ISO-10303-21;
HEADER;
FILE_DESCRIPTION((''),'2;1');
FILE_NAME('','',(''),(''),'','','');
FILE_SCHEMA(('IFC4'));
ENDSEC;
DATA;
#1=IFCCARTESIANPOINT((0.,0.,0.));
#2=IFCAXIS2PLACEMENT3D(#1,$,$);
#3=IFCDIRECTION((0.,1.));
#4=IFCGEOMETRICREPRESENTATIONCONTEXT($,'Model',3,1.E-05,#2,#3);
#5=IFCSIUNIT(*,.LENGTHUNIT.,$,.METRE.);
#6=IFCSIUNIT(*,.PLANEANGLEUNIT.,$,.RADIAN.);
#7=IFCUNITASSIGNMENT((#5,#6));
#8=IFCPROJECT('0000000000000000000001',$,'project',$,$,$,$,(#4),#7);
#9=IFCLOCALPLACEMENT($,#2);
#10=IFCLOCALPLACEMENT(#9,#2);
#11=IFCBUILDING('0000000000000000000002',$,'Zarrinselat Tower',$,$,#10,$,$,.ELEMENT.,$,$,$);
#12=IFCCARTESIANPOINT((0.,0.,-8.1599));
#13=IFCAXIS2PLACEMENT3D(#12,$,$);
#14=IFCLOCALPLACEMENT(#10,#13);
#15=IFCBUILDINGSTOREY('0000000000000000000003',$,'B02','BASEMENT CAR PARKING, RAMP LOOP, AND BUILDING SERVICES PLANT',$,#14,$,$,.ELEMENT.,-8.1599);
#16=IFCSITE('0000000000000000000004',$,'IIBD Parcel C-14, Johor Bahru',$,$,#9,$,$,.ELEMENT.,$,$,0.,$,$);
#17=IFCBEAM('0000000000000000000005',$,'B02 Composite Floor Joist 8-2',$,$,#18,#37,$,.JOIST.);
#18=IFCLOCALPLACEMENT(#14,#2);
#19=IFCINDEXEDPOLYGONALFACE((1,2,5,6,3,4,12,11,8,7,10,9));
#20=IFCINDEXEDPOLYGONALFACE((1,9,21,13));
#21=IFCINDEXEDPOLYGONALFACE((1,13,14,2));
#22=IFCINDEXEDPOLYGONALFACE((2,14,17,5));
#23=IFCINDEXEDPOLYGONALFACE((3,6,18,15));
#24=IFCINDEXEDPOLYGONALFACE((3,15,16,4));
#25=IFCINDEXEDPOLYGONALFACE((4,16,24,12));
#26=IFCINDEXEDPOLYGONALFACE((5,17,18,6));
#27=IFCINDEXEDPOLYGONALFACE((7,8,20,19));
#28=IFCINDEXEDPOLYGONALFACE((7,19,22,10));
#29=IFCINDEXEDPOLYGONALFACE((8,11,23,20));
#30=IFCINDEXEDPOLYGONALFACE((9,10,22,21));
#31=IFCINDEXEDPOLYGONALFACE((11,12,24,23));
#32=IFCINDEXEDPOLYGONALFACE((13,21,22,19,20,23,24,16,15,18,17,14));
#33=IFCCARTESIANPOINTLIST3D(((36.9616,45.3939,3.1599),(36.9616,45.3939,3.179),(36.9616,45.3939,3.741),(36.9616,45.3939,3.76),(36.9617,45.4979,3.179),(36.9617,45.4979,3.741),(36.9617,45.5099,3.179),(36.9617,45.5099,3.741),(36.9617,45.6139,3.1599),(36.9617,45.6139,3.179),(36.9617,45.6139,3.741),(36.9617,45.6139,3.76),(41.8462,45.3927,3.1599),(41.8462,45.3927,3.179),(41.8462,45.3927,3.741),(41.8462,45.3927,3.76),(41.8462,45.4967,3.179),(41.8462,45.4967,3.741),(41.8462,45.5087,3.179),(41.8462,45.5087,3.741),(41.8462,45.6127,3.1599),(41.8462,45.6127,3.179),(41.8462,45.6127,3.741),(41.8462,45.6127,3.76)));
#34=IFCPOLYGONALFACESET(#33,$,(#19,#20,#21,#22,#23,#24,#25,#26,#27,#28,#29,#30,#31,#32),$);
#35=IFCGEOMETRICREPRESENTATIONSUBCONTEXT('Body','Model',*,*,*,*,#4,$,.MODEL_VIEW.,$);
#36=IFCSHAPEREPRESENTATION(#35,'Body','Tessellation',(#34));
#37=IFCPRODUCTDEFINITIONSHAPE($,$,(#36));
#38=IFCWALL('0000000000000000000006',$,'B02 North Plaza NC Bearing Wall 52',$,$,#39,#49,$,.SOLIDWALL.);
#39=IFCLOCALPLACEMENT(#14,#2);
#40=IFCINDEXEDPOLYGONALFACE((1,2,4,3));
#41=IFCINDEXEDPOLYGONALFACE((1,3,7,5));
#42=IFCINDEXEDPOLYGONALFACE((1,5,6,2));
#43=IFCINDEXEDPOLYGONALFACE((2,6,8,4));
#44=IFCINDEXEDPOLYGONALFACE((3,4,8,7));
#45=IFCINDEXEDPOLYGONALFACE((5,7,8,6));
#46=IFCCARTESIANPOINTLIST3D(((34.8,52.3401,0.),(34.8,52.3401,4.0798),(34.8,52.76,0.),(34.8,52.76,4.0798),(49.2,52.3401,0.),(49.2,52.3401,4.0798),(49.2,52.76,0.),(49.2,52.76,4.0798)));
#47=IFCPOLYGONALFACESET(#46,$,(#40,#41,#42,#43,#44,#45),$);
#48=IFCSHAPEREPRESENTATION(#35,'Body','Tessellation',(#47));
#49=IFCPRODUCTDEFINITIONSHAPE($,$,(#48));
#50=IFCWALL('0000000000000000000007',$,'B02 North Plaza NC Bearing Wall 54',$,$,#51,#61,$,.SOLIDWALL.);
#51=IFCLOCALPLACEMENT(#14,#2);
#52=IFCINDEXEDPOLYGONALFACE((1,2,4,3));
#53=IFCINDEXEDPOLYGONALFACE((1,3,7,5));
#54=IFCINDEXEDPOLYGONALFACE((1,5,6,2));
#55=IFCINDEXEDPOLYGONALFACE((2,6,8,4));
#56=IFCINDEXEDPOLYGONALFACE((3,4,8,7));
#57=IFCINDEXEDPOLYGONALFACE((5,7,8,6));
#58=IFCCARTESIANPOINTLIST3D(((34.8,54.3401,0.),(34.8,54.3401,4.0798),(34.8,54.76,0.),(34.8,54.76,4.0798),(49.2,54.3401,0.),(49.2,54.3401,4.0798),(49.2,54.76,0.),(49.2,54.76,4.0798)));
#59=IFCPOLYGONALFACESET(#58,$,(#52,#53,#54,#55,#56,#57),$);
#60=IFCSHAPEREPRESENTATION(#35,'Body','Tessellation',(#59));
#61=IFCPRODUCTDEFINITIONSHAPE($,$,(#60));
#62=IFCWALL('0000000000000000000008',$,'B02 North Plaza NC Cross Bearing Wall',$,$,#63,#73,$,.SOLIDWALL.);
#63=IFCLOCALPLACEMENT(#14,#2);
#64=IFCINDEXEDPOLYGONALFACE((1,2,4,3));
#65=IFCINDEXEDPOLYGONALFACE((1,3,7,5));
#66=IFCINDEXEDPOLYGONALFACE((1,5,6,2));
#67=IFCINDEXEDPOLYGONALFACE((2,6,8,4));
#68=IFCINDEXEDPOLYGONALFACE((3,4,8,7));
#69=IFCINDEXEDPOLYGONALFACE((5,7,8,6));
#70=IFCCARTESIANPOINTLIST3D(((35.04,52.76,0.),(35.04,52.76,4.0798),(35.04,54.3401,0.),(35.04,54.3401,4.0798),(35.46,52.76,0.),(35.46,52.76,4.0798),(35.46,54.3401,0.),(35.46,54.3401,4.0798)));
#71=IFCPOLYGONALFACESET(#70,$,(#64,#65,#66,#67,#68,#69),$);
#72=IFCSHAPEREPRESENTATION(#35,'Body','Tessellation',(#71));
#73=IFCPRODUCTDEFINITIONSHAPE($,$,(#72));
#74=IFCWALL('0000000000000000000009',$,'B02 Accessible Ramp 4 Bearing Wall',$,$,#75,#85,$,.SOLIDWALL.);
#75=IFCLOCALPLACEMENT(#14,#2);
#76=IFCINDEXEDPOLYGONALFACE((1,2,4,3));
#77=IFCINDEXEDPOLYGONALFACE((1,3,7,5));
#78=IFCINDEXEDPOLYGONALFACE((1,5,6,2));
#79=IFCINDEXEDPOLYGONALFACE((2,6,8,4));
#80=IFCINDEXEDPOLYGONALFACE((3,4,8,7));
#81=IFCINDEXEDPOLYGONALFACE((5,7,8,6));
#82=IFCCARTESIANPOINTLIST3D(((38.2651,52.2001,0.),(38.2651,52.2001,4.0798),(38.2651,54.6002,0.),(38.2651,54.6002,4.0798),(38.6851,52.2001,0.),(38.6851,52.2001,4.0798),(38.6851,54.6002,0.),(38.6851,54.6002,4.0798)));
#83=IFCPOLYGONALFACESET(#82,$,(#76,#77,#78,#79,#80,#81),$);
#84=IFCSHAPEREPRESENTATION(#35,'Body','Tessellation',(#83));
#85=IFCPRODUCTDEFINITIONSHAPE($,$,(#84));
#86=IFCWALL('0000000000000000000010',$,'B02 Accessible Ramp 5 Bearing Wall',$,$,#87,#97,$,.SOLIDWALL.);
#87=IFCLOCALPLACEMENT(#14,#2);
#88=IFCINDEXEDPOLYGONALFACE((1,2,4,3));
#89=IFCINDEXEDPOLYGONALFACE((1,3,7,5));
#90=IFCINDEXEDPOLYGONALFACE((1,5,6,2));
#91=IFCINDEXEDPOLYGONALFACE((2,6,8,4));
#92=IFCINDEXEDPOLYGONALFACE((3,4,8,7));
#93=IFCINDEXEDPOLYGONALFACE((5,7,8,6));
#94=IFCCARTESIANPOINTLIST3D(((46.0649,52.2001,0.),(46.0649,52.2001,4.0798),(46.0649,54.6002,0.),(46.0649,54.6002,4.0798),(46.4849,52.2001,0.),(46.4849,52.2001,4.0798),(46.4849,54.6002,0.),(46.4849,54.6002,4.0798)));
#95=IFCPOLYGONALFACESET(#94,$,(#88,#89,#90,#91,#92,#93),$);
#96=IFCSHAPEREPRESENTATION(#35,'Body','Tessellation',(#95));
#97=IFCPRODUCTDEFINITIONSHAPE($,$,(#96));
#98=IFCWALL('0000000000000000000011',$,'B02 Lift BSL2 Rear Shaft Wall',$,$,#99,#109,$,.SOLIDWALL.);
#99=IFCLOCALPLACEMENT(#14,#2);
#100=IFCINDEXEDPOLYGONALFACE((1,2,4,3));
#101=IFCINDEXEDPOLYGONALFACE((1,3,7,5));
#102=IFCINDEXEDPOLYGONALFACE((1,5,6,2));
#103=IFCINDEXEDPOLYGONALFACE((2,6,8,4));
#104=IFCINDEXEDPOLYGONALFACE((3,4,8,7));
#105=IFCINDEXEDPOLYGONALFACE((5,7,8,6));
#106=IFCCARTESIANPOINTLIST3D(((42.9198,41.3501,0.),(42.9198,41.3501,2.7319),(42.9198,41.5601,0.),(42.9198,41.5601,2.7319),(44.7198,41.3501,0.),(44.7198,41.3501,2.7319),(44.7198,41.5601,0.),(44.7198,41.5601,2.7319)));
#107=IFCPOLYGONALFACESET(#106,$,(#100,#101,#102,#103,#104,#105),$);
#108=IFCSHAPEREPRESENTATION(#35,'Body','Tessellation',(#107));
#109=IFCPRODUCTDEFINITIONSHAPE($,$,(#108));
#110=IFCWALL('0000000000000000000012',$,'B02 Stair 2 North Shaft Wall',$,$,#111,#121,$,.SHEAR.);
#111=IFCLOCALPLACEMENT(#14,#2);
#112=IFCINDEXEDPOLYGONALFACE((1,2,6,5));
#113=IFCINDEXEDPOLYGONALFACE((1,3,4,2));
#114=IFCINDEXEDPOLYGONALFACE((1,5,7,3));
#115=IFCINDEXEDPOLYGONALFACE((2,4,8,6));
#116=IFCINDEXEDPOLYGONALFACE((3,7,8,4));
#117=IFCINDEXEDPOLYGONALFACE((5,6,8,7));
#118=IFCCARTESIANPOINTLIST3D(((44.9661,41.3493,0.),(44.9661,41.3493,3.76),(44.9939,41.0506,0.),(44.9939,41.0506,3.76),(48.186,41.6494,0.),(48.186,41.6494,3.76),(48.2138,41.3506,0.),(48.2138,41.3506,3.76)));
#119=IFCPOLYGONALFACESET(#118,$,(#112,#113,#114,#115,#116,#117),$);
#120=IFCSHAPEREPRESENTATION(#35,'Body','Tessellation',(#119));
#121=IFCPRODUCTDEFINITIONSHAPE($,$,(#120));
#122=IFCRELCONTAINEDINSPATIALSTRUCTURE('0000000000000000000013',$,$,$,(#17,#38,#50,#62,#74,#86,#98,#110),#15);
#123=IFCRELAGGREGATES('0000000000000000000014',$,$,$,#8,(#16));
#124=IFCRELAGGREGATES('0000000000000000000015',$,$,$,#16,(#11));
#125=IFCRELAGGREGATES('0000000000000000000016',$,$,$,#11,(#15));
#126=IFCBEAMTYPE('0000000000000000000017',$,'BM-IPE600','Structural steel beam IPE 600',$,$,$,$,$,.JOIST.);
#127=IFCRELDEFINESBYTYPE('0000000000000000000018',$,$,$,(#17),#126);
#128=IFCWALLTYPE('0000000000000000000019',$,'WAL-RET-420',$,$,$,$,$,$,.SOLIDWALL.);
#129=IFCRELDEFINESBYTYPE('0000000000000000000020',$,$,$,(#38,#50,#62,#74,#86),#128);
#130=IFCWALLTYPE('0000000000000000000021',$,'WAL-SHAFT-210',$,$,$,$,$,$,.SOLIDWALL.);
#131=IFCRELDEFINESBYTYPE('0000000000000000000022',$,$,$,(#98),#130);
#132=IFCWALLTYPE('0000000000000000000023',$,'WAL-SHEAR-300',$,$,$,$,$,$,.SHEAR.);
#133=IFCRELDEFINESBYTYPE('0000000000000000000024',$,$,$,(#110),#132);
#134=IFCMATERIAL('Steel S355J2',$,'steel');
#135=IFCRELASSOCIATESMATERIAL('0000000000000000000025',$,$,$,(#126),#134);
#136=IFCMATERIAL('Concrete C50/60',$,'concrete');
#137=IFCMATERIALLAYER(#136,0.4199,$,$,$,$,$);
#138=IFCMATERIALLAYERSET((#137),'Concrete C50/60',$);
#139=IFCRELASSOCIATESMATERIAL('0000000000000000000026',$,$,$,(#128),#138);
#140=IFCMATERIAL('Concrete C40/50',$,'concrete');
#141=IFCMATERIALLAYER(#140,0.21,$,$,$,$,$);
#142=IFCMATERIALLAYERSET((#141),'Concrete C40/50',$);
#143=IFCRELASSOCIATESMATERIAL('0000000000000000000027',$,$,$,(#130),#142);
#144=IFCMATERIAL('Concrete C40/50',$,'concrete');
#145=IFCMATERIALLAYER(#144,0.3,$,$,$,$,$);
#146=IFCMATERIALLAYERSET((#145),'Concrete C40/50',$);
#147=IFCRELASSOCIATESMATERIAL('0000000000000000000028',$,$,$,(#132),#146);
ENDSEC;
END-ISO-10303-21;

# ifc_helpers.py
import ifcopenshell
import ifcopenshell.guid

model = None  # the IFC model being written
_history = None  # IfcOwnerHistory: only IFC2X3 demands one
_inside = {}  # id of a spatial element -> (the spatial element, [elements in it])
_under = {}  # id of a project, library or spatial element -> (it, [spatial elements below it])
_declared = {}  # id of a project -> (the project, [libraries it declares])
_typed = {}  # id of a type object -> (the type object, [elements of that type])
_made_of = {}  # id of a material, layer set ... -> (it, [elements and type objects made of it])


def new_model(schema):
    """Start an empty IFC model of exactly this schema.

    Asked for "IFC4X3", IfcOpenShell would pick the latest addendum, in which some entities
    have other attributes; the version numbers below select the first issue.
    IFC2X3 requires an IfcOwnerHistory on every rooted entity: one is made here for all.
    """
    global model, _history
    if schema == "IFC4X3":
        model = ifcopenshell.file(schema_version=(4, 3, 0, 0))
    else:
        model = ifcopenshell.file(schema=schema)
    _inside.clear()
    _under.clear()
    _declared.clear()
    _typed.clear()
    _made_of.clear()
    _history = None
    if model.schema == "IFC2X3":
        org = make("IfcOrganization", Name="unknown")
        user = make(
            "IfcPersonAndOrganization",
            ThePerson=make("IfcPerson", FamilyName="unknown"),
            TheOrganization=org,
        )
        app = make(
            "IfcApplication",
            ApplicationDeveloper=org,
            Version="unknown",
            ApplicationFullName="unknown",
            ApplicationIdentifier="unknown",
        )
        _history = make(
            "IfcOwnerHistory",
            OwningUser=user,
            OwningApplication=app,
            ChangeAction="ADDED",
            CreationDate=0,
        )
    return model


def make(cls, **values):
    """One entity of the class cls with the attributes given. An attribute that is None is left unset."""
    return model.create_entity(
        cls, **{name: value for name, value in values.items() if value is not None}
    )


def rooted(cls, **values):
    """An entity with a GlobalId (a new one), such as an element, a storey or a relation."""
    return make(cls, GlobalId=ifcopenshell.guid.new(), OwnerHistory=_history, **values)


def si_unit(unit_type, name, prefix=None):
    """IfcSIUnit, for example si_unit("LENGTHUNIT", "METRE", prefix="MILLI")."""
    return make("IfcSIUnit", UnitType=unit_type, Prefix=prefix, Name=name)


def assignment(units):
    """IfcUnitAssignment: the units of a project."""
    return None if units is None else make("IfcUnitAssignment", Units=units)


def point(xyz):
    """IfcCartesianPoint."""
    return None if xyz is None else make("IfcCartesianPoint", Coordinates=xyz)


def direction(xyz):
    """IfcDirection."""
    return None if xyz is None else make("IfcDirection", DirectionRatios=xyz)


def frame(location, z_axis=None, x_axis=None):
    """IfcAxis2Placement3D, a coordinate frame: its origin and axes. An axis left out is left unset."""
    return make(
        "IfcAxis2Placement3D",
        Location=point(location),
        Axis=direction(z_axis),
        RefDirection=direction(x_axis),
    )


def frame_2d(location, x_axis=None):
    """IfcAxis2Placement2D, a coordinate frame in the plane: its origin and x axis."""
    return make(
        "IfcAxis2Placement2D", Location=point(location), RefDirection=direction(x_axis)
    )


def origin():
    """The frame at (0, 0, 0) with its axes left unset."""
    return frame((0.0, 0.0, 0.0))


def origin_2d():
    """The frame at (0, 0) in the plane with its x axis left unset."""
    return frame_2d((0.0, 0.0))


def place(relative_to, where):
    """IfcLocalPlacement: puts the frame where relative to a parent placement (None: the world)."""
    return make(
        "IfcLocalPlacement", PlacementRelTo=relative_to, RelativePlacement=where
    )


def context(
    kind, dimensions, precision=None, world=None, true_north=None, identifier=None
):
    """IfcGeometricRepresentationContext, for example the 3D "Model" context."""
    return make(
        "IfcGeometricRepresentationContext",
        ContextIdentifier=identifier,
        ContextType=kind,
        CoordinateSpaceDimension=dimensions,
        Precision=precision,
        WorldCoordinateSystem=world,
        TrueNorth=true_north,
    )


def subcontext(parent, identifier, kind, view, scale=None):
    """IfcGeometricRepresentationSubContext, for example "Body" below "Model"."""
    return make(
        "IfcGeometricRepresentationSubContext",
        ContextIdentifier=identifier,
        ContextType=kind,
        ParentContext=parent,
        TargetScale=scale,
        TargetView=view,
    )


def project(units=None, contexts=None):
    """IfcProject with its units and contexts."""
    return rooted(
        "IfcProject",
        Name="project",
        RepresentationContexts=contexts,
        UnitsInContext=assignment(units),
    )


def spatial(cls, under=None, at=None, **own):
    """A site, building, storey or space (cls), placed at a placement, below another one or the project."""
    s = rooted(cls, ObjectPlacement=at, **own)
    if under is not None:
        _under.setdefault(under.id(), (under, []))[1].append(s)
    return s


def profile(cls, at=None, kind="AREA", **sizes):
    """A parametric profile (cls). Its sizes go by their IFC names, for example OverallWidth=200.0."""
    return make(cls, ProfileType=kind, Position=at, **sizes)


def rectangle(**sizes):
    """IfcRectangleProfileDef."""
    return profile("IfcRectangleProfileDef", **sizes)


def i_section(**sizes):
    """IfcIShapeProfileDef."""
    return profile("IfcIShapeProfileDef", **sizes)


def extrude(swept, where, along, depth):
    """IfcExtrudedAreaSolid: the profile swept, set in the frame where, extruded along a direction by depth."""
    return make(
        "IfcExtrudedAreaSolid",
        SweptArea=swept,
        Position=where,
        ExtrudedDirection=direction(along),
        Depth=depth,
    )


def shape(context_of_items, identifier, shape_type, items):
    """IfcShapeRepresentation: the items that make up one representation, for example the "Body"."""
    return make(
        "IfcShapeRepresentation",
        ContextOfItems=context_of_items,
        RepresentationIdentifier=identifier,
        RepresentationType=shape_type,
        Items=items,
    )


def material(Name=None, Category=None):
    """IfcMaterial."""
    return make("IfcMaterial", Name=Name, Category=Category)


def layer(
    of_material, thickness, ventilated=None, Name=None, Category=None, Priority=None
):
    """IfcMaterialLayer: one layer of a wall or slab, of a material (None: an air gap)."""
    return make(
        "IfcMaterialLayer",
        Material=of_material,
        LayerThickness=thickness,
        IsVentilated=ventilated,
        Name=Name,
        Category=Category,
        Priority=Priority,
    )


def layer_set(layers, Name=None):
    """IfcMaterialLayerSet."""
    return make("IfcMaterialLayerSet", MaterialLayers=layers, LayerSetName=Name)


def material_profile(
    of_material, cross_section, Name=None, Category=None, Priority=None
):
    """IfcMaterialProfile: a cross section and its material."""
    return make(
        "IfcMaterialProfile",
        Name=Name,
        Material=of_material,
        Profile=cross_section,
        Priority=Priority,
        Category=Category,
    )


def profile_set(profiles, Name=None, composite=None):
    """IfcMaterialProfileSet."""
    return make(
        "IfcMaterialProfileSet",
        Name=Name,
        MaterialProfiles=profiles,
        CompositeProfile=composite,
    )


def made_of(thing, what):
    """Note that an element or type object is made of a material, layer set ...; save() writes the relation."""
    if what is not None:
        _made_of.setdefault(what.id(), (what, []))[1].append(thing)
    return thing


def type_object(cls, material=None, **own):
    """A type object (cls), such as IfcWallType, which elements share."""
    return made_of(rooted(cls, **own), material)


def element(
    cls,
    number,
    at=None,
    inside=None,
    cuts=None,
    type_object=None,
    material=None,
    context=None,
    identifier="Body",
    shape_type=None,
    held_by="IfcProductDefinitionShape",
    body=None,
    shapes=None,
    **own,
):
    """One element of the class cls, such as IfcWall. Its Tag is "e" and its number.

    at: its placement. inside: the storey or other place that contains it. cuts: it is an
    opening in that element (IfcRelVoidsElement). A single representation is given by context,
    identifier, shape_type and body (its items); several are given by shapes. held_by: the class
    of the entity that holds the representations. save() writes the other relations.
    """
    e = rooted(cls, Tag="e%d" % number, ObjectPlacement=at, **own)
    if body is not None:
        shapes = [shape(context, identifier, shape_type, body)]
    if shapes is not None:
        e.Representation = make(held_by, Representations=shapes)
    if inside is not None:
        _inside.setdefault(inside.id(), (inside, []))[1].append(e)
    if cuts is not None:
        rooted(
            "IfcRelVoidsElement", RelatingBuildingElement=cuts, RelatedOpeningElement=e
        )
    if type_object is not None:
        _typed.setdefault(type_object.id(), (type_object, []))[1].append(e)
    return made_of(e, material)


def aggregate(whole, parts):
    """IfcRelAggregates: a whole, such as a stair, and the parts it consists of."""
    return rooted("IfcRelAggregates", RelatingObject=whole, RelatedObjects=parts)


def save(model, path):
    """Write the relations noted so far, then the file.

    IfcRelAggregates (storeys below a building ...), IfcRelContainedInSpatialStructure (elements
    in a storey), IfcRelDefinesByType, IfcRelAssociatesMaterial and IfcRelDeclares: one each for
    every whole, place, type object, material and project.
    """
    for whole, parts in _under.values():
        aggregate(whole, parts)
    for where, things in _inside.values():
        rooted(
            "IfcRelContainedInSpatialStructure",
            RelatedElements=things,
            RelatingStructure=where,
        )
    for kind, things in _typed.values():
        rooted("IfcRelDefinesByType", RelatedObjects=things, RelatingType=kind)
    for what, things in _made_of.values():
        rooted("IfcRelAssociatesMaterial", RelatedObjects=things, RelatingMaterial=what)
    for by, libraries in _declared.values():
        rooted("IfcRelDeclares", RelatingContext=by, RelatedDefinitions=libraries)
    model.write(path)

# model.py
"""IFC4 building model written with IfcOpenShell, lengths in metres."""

from ifc_helpers import new_model, si_unit, direction, frame, frame_2d, origin, origin_2d, place, context, subcontext, project, spatial, rectangle, i_section, extrude, material, layer, layer_set, material_profile, profile_set, type_object, element, save


model = new_model("IFC4")

# Units and contexts
model_context = context("Model", 3, precision=1e-05, world=origin(), true_north=direction((0.0, 1.0)))
body_context = subcontext(model_context, "Body", "Model", "MODEL_VIEW")
ifc_project = project(units=[si_unit("LENGTHUNIT", "METRE"), si_unit("PLANEANGLEUNIT", "RADIAN")], contexts=[model_context])

# Site, building, storey
site_placement = place(None, origin())
site = spatial("IfcSite", under=ifc_project, at=site_placement, Name="IIBD Parcel C-14, Johor Bahru", CompositionType="ELEMENT", RefElevation=0.0)
building_placement = place(site_placement, origin())
building = spatial("IfcBuilding", under=site, at=building_placement, Name="Zarrinselat Tower", CompositionType="ELEMENT")
storey_placement = place(building_placement, frame((0.0, 0.0, -8.1599)))
storey = spatial("IfcBuildingStorey", under=building, at=storey_placement, Name="B02", Description="BASEMENT CAR PARKING, RAMP LOOP, AND BUILDING SERVICES PLANT", CompositionType="ELEMENT", Elevation=-8.1599)

# Beam
ifc_material_1 = material(Name="Steel S355J2", Category="steel")
ifc_material_profile_1 = material_profile(ifc_material_1, i_section(OverallWidth=0.22, OverallDepth=0.6001, WebThickness=0.012, FlangeThickness=0.019, at=origin_2d()), Name="IPE 600")
ifc_profile_set_1 = profile_set([ifc_material_profile_1], Name="Steel S355J2")
beam_type_1 = type_object("IfcBeamType", Name="BM-IPE600", Description="Structural steel beam IPE 600", PredefinedType="JOIST", material=ifc_profile_set_1)
beam_1_placement = place(storey_placement, frame((36.9617, 45.5039, 3.46), z_axis=(1.0, -0.00025, 0.0), x_axis=(0.00025, 1.0, 0.0)))
element("IfcBeam", 1, at=beam_1_placement, inside=storey, type_object=beam_type_1, Name="B02 Composite Floor Joist 8-2", PredefinedType="JOIST", context=body_context, shape_type="SweptSolid", body=[
    extrude(i_section(OverallWidth=0.22, OverallDepth=0.6001, WebThickness=0.012, FlangeThickness=0.019, at=origin_2d()), origin(), (0.0, 0.0, 1.0), 4.8845),
])

# Walls
ifc_material_2 = material(Name="Concrete C50/60", Category="concrete")
ifc_layer_1 = layer(ifc_material_2, 0.4199)
ifc_layer_set_1 = layer_set([ifc_layer_1], Name="Concrete C50/60")
wall_type_1 = type_object("IfcWallType", Name="WAL-RET-420", PredefinedType="SOLIDWALL", material=ifc_layer_set_1)
for number, where, z_axis, x_axis, name in (
    (2, (34.8, 52.55, 0.0), (0.0, 0.0, 1.0), (1.0, 0.0, 0.0), "B02 North Plaza NC Bearing Wall 52"),
    (3, (34.8, 54.55, 0.0), (0.0, 0.0, 1.0), (1.0, 0.0, 0.0), "B02 North Plaza NC Bearing Wall 54"),
):
    element("IfcWall", number, at=place(storey_placement, frame(where, z_axis=z_axis, x_axis=x_axis)), inside=storey, type_object=wall_type_1, Name=name, PredefinedType="SOLIDWALL", context=body_context, shape_type="SweptSolid", body=[
        extrude(rectangle(XDim=14.3999, YDim=0.4199, at=frame_2d((7.2, 0.0))), origin(), (0.0, 0.0, 1.0), 4.0798),
    ])
wall_1_placement = place(storey_placement, frame((35.25, 52.76, 0.0), z_axis=(0.0, 0.0, 1.0), x_axis=(0.0, 1.0, 0.0)))
element("IfcWall", 4, at=wall_1_placement, inside=storey, type_object=wall_type_1, Name="B02 North Plaza NC Cross Bearing Wall", PredefinedType="SOLIDWALL", context=body_context, shape_type="SweptSolid", body=[
    extrude(rectangle(XDim=1.5801, YDim=0.4199, at=frame_2d((0.79, 0.0))), origin(), (0.0, 0.0, 1.0), 4.0798),
])
for number, where, z_axis, x_axis, name in (
    (5, (38.4751, 52.2, 0.0), (0.0, 0.0, 1.0), (0.0, 1.0, 0.0), "B02 Accessible Ramp 4 Bearing Wall"),
    (6, (46.2749, 52.2, 0.0), (0.0, 0.0, 1.0), (0.0, 1.0, 0.0), "B02 Accessible Ramp 5 Bearing Wall"),
):
    element("IfcWall", number, at=place(storey_placement, frame(where, z_axis=z_axis, x_axis=x_axis)), inside=storey, type_object=wall_type_1, Name=name, PredefinedType="SOLIDWALL", context=body_context, shape_type="SweptSolid", body=[
        extrude(rectangle(XDim=2.4001, YDim=0.4199, at=frame_2d((1.2002, 0.0))), origin(), (0.0, 0.0, 1.0), 4.0798),
    ])
ifc_material_3 = material(Name="Concrete C40/50", Category="concrete")
ifc_layer_2 = layer(ifc_material_3, 0.21)
ifc_layer_set_2 = layer_set([ifc_layer_2], Name="Concrete C40/50")
wall_type_2 = type_object("IfcWallType", Name="WAL-SHAFT-210", PredefinedType="SOLIDWALL", material=ifc_layer_set_2)
wall_2_placement = place(storey_placement, frame((42.9199, 41.4551, 0.0), z_axis=(0.0, 0.0, 1.0), x_axis=(1.0, 0.0, 0.0)))
element("IfcWall", 7, at=wall_2_placement, inside=storey, type_object=wall_type_2, Name="B02 Lift BSL2 Rear Shaft Wall", PredefinedType="SOLIDWALL", context=body_context, shape_type="SweptSolid", body=[
    extrude(rectangle(XDim=1.8, YDim=0.21, at=frame_2d((0.8999, 0.0))), origin(), (0.0, 0.0, 1.0), 2.7319),
])
ifc_material_4 = material(Name="Concrete C40/50", Category="concrete")
ifc_layer_3 = layer(ifc_material_4, 0.3)
ifc_layer_set_3 = layer_set([ifc_layer_3], Name="Concrete C40/50")
wall_type_3 = type_object("IfcWallType", Name="WAL-SHEAR-300", PredefinedType="SHEAR", material=ifc_layer_set_3)
wall_3_placement = place(storey_placement, frame((44.98, 41.2, 0.0), z_axis=(0.0, 0.0, 1.0), x_axis=(0.995686, 0.092782, 0.0)))
element("IfcWall", 8, at=wall_3_placement, inside=storey, type_object=wall_type_3, Name="B02 Stair 2 North Shaft Wall", PredefinedType="SHEAR", context=body_context, shape_type="SweptSolid", body=[
    extrude(rectangle(XDim=3.2339, YDim=0.3, at=frame_2d((1.6169, 0.0))), origin(), (0.0, 0.0, 1.0), 3.76),
])

save(model, "model.ifc")
